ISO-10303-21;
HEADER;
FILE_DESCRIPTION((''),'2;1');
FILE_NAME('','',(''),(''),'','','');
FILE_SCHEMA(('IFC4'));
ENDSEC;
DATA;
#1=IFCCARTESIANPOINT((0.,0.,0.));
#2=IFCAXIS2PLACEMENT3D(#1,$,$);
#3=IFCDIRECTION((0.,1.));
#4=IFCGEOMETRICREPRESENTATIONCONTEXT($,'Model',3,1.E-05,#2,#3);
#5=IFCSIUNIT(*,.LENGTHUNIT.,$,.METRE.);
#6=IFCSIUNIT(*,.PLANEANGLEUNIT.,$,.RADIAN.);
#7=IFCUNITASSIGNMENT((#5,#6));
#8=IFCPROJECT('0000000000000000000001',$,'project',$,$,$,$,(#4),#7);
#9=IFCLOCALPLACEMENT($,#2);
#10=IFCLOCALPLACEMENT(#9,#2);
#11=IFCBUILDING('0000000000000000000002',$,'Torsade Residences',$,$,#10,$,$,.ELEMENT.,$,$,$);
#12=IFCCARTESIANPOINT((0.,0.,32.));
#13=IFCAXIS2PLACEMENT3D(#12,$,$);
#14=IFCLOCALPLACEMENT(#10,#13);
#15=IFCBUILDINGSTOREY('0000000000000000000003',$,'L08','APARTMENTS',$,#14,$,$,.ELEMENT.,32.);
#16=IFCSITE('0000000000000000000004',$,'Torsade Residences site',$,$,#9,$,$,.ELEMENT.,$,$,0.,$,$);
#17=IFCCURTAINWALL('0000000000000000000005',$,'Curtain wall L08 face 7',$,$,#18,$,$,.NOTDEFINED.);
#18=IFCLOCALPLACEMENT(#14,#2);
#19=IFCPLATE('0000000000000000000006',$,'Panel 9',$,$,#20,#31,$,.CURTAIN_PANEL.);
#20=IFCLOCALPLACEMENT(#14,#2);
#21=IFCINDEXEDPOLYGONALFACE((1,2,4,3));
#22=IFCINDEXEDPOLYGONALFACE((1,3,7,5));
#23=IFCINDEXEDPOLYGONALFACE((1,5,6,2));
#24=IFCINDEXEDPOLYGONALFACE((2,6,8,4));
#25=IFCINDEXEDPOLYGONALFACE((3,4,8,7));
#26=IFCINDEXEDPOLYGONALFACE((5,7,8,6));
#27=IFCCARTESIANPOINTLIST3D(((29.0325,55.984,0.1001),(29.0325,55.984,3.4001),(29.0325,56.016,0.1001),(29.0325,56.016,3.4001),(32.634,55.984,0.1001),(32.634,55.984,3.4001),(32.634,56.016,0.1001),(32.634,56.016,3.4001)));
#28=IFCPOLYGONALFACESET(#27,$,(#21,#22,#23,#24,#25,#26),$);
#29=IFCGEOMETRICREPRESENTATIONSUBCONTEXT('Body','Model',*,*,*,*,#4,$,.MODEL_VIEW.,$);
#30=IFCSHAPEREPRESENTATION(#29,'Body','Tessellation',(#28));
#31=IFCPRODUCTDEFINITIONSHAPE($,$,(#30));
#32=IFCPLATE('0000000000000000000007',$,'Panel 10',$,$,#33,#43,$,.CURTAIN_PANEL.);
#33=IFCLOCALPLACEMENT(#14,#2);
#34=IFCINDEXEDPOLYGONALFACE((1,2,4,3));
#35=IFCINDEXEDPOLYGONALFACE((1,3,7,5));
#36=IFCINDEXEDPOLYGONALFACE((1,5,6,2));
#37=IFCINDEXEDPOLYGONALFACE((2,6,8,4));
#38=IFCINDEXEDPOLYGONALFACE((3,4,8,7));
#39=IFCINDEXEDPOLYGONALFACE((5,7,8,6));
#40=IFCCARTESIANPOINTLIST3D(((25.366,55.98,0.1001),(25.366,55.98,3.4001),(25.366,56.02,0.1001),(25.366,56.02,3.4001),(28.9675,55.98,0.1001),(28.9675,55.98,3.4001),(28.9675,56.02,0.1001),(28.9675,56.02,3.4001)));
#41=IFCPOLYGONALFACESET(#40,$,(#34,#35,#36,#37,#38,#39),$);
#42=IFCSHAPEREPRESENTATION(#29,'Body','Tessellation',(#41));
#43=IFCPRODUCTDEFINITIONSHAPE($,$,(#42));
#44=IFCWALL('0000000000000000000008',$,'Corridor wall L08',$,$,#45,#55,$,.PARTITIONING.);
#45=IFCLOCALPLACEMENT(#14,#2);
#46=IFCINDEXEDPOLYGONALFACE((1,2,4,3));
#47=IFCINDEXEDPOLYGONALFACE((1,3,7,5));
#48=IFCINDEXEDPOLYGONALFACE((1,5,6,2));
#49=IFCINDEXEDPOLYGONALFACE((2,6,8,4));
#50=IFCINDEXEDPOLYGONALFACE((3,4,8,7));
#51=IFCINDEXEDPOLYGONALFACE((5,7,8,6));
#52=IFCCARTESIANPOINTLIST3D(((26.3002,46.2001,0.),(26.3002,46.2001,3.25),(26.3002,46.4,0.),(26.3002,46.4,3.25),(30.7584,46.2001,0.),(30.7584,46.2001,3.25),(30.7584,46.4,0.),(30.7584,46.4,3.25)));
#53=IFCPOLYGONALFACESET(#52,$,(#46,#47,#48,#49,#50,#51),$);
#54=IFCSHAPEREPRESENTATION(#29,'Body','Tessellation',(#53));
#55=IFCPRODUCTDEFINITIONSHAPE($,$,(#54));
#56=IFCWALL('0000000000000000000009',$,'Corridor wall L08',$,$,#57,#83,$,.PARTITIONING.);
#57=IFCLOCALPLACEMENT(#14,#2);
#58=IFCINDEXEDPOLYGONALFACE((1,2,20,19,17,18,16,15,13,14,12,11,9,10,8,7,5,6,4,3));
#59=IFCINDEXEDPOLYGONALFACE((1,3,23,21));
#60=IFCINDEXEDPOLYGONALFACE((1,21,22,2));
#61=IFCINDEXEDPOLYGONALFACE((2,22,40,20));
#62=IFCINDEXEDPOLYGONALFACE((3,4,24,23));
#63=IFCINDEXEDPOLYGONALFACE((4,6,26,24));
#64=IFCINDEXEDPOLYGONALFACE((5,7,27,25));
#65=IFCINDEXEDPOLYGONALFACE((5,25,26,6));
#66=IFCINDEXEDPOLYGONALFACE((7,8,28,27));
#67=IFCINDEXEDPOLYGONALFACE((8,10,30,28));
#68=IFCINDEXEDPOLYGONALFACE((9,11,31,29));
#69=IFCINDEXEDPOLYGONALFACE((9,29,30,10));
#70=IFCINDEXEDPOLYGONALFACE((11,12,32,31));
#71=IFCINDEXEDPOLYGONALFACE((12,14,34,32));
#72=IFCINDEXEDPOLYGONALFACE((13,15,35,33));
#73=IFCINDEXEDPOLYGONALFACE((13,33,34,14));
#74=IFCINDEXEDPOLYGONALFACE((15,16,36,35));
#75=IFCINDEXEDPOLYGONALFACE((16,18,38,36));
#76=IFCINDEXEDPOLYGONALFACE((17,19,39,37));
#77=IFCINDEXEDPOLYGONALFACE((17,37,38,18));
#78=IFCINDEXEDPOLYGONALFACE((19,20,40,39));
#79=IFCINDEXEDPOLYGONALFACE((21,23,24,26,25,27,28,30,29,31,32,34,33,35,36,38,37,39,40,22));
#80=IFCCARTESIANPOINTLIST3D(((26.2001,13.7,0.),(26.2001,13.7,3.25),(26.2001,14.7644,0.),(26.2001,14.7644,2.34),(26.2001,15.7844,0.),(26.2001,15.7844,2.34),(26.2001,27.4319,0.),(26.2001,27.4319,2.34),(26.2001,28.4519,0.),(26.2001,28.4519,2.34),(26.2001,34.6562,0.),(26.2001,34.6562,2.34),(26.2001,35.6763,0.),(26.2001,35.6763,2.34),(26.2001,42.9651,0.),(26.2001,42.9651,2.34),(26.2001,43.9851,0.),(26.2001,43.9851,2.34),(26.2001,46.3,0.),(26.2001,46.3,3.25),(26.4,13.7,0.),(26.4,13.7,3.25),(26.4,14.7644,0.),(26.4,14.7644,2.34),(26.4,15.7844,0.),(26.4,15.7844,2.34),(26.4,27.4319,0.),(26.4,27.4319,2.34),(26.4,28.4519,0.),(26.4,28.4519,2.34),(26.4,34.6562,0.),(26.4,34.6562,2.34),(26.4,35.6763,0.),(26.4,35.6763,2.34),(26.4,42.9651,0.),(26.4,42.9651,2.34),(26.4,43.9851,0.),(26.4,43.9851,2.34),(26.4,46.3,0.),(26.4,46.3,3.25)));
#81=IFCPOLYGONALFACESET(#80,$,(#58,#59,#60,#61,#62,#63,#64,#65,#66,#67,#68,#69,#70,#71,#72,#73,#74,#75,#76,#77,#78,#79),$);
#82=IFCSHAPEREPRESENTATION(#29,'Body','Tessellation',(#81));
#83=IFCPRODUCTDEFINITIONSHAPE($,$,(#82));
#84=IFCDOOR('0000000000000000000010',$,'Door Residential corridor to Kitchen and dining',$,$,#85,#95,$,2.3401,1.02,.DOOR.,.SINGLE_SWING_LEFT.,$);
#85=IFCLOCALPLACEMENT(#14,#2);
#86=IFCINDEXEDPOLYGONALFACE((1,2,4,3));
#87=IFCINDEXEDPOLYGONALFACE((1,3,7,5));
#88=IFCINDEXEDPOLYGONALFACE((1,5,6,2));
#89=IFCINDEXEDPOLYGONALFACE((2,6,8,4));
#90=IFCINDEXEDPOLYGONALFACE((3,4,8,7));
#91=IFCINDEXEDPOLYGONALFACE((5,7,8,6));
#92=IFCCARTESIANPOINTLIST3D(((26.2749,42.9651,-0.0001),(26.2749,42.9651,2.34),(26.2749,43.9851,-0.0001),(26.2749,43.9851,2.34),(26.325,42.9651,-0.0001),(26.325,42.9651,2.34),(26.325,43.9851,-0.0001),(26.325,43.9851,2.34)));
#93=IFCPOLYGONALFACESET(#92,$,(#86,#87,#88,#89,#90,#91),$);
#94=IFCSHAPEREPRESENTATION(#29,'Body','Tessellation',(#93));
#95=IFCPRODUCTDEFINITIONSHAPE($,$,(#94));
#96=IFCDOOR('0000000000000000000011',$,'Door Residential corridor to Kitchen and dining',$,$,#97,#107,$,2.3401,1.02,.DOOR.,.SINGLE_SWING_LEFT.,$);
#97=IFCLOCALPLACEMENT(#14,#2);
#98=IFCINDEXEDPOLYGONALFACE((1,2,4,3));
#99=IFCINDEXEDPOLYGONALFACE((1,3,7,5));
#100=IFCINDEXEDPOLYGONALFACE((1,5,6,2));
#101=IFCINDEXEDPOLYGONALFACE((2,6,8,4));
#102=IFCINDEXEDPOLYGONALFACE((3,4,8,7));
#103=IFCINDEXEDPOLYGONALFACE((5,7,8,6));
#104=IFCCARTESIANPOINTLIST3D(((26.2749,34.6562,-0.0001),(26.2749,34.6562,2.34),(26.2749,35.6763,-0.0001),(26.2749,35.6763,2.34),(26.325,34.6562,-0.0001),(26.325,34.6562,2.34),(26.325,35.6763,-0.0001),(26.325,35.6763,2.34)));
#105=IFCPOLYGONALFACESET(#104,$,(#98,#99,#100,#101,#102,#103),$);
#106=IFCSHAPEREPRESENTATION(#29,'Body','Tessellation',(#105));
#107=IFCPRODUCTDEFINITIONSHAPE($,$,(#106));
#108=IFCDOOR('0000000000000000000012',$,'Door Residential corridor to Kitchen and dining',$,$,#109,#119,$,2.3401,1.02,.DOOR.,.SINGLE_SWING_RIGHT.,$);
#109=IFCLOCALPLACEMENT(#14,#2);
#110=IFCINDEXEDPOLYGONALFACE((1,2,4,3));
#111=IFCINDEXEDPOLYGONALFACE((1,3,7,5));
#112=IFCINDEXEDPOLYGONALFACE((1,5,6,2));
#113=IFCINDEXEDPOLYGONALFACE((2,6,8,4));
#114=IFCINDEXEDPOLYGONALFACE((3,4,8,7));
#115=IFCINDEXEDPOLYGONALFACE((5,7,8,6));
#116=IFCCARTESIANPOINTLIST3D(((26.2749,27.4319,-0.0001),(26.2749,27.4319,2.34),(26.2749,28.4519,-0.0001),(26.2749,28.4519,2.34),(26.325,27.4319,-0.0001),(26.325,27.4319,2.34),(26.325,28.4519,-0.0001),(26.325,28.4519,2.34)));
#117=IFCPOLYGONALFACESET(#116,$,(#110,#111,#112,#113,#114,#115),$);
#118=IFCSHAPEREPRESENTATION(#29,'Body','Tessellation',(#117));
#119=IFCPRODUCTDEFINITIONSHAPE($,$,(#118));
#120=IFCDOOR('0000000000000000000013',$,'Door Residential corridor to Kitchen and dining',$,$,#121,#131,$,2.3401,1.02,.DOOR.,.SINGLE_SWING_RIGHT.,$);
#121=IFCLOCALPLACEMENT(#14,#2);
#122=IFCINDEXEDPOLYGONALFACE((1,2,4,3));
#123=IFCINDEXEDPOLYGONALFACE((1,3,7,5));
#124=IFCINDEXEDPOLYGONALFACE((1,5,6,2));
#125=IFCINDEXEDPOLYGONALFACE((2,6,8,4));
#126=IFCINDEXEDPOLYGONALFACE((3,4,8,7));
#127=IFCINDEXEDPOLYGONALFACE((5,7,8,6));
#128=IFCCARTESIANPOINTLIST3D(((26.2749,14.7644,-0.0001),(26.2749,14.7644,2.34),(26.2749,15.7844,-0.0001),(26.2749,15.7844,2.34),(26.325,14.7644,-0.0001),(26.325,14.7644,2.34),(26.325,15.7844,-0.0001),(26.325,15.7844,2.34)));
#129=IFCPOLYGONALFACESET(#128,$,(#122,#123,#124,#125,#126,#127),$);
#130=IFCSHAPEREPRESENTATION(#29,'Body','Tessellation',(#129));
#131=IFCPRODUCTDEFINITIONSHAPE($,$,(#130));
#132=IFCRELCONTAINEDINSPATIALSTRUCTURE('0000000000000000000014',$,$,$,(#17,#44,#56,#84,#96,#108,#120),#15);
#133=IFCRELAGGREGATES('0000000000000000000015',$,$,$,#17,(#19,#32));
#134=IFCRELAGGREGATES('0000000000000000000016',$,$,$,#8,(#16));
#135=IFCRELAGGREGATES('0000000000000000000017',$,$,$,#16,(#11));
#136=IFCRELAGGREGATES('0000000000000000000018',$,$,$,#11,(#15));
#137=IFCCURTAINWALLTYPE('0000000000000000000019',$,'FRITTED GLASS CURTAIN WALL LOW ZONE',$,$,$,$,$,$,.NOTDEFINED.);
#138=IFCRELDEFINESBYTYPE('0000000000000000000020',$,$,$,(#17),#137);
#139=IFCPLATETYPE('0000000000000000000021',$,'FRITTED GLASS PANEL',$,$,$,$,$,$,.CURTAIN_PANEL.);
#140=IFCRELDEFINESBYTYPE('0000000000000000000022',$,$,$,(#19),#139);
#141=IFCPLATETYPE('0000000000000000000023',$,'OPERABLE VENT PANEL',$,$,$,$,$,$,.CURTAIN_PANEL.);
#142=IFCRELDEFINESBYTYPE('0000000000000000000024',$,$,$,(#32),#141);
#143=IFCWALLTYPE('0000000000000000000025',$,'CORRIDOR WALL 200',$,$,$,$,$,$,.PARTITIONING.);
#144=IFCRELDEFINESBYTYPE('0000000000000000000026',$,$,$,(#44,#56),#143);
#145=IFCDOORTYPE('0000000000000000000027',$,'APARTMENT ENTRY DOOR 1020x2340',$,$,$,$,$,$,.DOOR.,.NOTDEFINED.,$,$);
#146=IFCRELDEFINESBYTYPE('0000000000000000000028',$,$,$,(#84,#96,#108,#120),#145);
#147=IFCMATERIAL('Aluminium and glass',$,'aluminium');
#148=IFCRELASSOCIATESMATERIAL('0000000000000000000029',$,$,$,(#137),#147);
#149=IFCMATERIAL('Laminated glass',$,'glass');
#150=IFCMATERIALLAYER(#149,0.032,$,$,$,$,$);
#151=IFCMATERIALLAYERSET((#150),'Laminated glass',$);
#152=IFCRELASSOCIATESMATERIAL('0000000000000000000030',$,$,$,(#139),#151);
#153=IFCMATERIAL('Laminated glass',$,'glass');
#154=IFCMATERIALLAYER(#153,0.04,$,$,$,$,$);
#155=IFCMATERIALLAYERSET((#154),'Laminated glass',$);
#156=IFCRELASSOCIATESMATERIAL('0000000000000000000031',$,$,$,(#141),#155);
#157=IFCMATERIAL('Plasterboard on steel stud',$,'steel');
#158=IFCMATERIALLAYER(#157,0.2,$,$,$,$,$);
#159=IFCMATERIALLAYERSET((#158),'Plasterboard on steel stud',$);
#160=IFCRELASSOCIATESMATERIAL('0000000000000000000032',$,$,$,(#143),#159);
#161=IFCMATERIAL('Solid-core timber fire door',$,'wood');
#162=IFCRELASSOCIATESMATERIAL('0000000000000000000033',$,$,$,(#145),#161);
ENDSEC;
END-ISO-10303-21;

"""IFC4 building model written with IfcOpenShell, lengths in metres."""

from ifc_helpers import new_model, si_unit, direction, frame, frame_2d, origin, origin_2d, place, context, subcontext, project, spatial, rectangle, extrude, material, layer, layer_set, type_object, element, fill, aggregate, save


model = new_model("IFC4")

# Units and contexts
model_context = context("Model", 3, precision=1e-05, world=origin(), true_north=direction((0.0, 1.0)))
body_context = subcontext(model_context, "Body", "Model", "MODEL_VIEW")
ifc_project = project(units=[si_unit("LENGTHUNIT", "METRE"), si_unit("PLANEANGLEUNIT", "RADIAN")], contexts=[model_context])

# Site, building, storey
site_placement = place(None, origin())
site = spatial("IfcSite", under=ifc_project, at=site_placement, Name="Torsade Residences site", CompositionType="ELEMENT", RefElevation=0.0)
building_placement = place(site_placement, origin())
building = spatial("IfcBuilding", under=site, at=building_placement, Name="Torsade Residences", CompositionType="ELEMENT")
storey_placement = place(building_placement, frame((0.0, 0.0, 32.0)))
storey = spatial("IfcBuildingStorey", under=building, at=storey_placement, Name="L08", Description="APARTMENTS", CompositionType="ELEMENT", Elevation=32.0)

# Curtain wall
ifc_material_1 = material(Name="Aluminium and glass", Category="aluminium")
curtain_wall_type = type_object("IfcCurtainWallType", Name="FRITTED GLASS CURTAIN WALL LOW ZONE", PredefinedType="NOTDEFINED", material=ifc_material_1)
curtain_wall_placement = place(storey_placement, origin())
curtain_wall = element("IfcCurtainWall", 1, at=curtain_wall_placement, inside=storey, type_object=curtain_wall_type, Name="Curtain wall L08 face 7", PredefinedType="NOTDEFINED")

# Plates
ifc_material_2 = material(Name="Laminated glass", Category="glass")
ifc_layer_1 = layer(ifc_material_2, 0.032)
ifc_layer_set_1 = layer_set([ifc_layer_1], Name="Laminated glass")
plate_type_1 = type_object("IfcPlateType", Name="FRITTED GLASS PANEL", PredefinedType="CURTAIN_PANEL", material=ifc_layer_set_1)
plate_1_placement = place(storey_placement, frame((30.8333, 56.0, 0.1001), z_axis=(0.0, 0.0, 1.0), x_axis=(-1.0, 0.0, 0.0)))
plate_1 = element("IfcPlate", 2, at=plate_1_placement, type_object=plate_type_1, Name="Panel 9", PredefinedType="CURTAIN_PANEL", context=body_context, shape_type="SweptSolid", body=[
    extrude(rectangle(XDim=3.6016, YDim=0.032, at=origin_2d()), origin(), (0.0, 0.0, 1.0), 3.3),
])
ifc_material_3 = material(Name="Laminated glass", Category="glass")
ifc_layer_2 = layer(ifc_material_3, 0.04)
ifc_layer_set_2 = layer_set([ifc_layer_2], Name="Laminated glass")
plate_type_2 = type_object("IfcPlateType", Name="OPERABLE VENT PANEL", PredefinedType="CURTAIN_PANEL", material=ifc_layer_set_2)
plate_2_placement = place(storey_placement, frame((27.1667, 56.0, 0.1001), z_axis=(0.0, 0.0, 1.0), x_axis=(-1.0, 0.0, 0.0)))
plate_2 = element("IfcPlate", 3, at=plate_2_placement, type_object=plate_type_2, Name="Panel 10", PredefinedType="CURTAIN_PANEL", context=body_context, shape_type="SweptSolid", body=[
    extrude(rectangle(XDim=3.6016, YDim=0.04, at=origin_2d()), origin(), (0.0, 0.0, 1.0), 3.3),
])
aggregate(curtain_wall, [plate_1, plate_2])

# Wall
ifc_material_4 = material(Name="Plasterboard on steel stud", Category="steel")
ifc_layer_3 = layer(ifc_material_4, 0.2)
ifc_layer_set_3 = layer_set([ifc_layer_3], Name="Plasterboard on steel stud")
wall_type_1 = type_object("IfcWallType", Name="CORRIDOR WALL 200", PredefinedType="PARTITIONING", material=ifc_layer_set_3)
wall_1_placement = place(storey_placement, frame((30.7583, 46.3, 0.0), z_axis=(0.0, 0.0, 1.0), x_axis=(-1.0, 0.0, 0.0)))
element("IfcWall", 4, at=wall_1_placement, inside=storey, type_object=wall_type_1, Name="Corridor wall L08", PredefinedType="PARTITIONING", context=body_context, shape_type="SweptSolid", body=[
    extrude(rectangle(XDim=4.4583, YDim=0.2, at=frame_2d((2.229, 0.0))), origin(), (0.0, 0.0, 1.0), 3.25),
])

# Wall, openings, doors
wall_2_placement = place(storey_placement, frame((26.3, 46.3, 0.0), z_axis=(0.0, 0.0, 1.0), x_axis=(0.0, -1.0, 0.0)))
wall_2 = element("IfcWall", 5, at=wall_2_placement, inside=storey, type_object=wall_type_1, Name="Corridor wall L08", PredefinedType="PARTITIONING", context=body_context, shape_type="SweptSolid", body=[
    extrude(rectangle(XDim=32.6001, YDim=0.2, at=frame_2d((16.3, 0.0))), origin(), (0.0, 0.0, 1.0), 3.25),
])
opening_1_placement = place(wall_2_placement, frame((2.3149, 0.0, 0.0)))
opening_1 = element("IfcOpeningElement", 6, at=opening_1_placement, cuts=wall_2, PredefinedType="OPENING", context=body_context, shape_type="SweptSolid", body=[
    extrude(rectangle(XDim=1.02, YDim=2.3401, at=frame_2d((0.51, 1.1699))), frame((0.0, 0.1099, 0.0), z_axis=(0.0, -1.0, 0.0), x_axis=(1.0, 0.0, 0.0)), (0.0, 0.0, 1.0), 0.22),
])
opening_2_placement = place(wall_2_placement, frame((10.6238, 0.0, 0.0)))
opening_2 = element("IfcOpeningElement", 7, at=opening_2_placement, cuts=wall_2, PredefinedType="OPENING", context=body_context, shape_type="SweptSolid", body=[
    extrude(rectangle(XDim=1.02, YDim=2.3401, at=frame_2d((0.51, 1.1699))), frame((0.0, 0.1099, 0.0), z_axis=(0.0, -1.0, 0.0), x_axis=(1.0, 0.0, 0.0)), (0.0, 0.0, 1.0), 0.22),
])
opening_3_placement = place(wall_2_placement, frame((17.8481, 0.0, 0.0)))
opening_3 = element("IfcOpeningElement", 8, at=opening_3_placement, cuts=wall_2, PredefinedType="OPENING", context=body_context, shape_type="SweptSolid", body=[
    extrude(rectangle(XDim=1.02, YDim=2.3401, at=frame_2d((0.51, 1.1699))), frame((0.0, 0.1099, 0.0), z_axis=(0.0, -1.0, 0.0), x_axis=(1.0, 0.0, 0.0)), (0.0, 0.0, 1.0), 0.22),
])
opening_4_placement = place(wall_2_placement, frame((30.5156, 0.0, 0.0)))
opening_4 = element("IfcOpeningElement", 9, at=opening_4_placement, cuts=wall_2, PredefinedType="OPENING", context=body_context, shape_type="SweptSolid", body=[
    extrude(rectangle(XDim=1.02, YDim=2.3401, at=frame_2d((0.51, 1.1699))), frame((0.0, 0.1099, 0.0), z_axis=(0.0, -1.0, 0.0), x_axis=(1.0, 0.0, 0.0)), (0.0, 0.0, 1.0), 0.22),
])
ifc_material_5 = material(Name="Solid-core timber fire door", Category="wood")
door_type_1 = type_object("IfcDoorType", Name="APARTMENT ENTRY DOOR 1020x2340", OperationType="NOTDEFINED", PredefinedType="DOOR", material=ifc_material_5)
door_1_placement = place(opening_1_placement, origin())
door_1 = element("IfcDoor", 10, at=door_1_placement, inside=storey, type_object=door_type_1, Name="Door Residential corridor to Kitchen and dining", OperationType="SINGLE_SWING_LEFT", OverallHeight=2.3401, OverallWidth=1.02, PredefinedType="DOOR", context=body_context, shape_type="SweptSolid", body=[
    extrude(rectangle(XDim=1.02, YDim=2.3401, at=frame_2d((0.51, 1.1699))), frame((0.0, 0.0249, 0.0), z_axis=(0.0, -1.0, 0.0), x_axis=(1.0, 0.0, 0.0)), (0.0, 0.0, 1.0), 0.05),
])
fill(opening_1, door_1)
door_2_placement = place(opening_2_placement, origin())
door_2 = element("IfcDoor", 11, at=door_2_placement, inside=storey, type_object=door_type_1, Name="Door Residential corridor to Kitchen and dining", OperationType="SINGLE_SWING_LEFT", OverallHeight=2.3401, OverallWidth=1.02, PredefinedType="DOOR", context=body_context, shape_type="SweptSolid", body=[
    extrude(rectangle(XDim=1.02, YDim=2.3401, at=frame_2d((0.51, 1.1699))), frame((0.0, 0.0249, 0.0), z_axis=(0.0, -1.0, 0.0), x_axis=(1.0, 0.0, 0.0)), (0.0, 0.0, 1.0), 0.05),
])
fill(opening_2, door_2)
door_3_placement = place(opening_3_placement, origin())
door_3 = element("IfcDoor", 12, at=door_3_placement, inside=storey, type_object=door_type_1, Name="Door Residential corridor to Kitchen and dining", OperationType="SINGLE_SWING_RIGHT", OverallHeight=2.3401, OverallWidth=1.02, PredefinedType="DOOR", context=body_context, shape_type="SweptSolid", body=[
    extrude(rectangle(XDim=1.02, YDim=2.3401, at=frame_2d((0.51, 1.1699))), frame((0.0, 0.0249, 0.0), z_axis=(0.0, -1.0, 0.0), x_axis=(1.0, 0.0, 0.0)), (0.0, 0.0, 1.0), 0.05),
])
fill(opening_3, door_3)
door_4_placement = place(opening_4_placement, origin())
door_4 = element("IfcDoor", 13, at=door_4_placement, inside=storey, type_object=door_type_1, Name="Door Residential corridor to Kitchen and dining", OperationType="SINGLE_SWING_RIGHT", OverallHeight=2.3401, OverallWidth=1.02, PredefinedType="DOOR", context=body_context, shape_type="SweptSolid", body=[
    extrude(rectangle(XDim=1.02, YDim=2.3401, at=frame_2d((0.51, 1.1699))), frame((0.0, 0.0249, 0.0), z_axis=(0.0, -1.0, 0.0), x_axis=(1.0, 0.0, 0.0)), (0.0, 0.0, 1.0), 0.05),
])
fill(opening_4, door_4)

save(model, "model.ifc")
